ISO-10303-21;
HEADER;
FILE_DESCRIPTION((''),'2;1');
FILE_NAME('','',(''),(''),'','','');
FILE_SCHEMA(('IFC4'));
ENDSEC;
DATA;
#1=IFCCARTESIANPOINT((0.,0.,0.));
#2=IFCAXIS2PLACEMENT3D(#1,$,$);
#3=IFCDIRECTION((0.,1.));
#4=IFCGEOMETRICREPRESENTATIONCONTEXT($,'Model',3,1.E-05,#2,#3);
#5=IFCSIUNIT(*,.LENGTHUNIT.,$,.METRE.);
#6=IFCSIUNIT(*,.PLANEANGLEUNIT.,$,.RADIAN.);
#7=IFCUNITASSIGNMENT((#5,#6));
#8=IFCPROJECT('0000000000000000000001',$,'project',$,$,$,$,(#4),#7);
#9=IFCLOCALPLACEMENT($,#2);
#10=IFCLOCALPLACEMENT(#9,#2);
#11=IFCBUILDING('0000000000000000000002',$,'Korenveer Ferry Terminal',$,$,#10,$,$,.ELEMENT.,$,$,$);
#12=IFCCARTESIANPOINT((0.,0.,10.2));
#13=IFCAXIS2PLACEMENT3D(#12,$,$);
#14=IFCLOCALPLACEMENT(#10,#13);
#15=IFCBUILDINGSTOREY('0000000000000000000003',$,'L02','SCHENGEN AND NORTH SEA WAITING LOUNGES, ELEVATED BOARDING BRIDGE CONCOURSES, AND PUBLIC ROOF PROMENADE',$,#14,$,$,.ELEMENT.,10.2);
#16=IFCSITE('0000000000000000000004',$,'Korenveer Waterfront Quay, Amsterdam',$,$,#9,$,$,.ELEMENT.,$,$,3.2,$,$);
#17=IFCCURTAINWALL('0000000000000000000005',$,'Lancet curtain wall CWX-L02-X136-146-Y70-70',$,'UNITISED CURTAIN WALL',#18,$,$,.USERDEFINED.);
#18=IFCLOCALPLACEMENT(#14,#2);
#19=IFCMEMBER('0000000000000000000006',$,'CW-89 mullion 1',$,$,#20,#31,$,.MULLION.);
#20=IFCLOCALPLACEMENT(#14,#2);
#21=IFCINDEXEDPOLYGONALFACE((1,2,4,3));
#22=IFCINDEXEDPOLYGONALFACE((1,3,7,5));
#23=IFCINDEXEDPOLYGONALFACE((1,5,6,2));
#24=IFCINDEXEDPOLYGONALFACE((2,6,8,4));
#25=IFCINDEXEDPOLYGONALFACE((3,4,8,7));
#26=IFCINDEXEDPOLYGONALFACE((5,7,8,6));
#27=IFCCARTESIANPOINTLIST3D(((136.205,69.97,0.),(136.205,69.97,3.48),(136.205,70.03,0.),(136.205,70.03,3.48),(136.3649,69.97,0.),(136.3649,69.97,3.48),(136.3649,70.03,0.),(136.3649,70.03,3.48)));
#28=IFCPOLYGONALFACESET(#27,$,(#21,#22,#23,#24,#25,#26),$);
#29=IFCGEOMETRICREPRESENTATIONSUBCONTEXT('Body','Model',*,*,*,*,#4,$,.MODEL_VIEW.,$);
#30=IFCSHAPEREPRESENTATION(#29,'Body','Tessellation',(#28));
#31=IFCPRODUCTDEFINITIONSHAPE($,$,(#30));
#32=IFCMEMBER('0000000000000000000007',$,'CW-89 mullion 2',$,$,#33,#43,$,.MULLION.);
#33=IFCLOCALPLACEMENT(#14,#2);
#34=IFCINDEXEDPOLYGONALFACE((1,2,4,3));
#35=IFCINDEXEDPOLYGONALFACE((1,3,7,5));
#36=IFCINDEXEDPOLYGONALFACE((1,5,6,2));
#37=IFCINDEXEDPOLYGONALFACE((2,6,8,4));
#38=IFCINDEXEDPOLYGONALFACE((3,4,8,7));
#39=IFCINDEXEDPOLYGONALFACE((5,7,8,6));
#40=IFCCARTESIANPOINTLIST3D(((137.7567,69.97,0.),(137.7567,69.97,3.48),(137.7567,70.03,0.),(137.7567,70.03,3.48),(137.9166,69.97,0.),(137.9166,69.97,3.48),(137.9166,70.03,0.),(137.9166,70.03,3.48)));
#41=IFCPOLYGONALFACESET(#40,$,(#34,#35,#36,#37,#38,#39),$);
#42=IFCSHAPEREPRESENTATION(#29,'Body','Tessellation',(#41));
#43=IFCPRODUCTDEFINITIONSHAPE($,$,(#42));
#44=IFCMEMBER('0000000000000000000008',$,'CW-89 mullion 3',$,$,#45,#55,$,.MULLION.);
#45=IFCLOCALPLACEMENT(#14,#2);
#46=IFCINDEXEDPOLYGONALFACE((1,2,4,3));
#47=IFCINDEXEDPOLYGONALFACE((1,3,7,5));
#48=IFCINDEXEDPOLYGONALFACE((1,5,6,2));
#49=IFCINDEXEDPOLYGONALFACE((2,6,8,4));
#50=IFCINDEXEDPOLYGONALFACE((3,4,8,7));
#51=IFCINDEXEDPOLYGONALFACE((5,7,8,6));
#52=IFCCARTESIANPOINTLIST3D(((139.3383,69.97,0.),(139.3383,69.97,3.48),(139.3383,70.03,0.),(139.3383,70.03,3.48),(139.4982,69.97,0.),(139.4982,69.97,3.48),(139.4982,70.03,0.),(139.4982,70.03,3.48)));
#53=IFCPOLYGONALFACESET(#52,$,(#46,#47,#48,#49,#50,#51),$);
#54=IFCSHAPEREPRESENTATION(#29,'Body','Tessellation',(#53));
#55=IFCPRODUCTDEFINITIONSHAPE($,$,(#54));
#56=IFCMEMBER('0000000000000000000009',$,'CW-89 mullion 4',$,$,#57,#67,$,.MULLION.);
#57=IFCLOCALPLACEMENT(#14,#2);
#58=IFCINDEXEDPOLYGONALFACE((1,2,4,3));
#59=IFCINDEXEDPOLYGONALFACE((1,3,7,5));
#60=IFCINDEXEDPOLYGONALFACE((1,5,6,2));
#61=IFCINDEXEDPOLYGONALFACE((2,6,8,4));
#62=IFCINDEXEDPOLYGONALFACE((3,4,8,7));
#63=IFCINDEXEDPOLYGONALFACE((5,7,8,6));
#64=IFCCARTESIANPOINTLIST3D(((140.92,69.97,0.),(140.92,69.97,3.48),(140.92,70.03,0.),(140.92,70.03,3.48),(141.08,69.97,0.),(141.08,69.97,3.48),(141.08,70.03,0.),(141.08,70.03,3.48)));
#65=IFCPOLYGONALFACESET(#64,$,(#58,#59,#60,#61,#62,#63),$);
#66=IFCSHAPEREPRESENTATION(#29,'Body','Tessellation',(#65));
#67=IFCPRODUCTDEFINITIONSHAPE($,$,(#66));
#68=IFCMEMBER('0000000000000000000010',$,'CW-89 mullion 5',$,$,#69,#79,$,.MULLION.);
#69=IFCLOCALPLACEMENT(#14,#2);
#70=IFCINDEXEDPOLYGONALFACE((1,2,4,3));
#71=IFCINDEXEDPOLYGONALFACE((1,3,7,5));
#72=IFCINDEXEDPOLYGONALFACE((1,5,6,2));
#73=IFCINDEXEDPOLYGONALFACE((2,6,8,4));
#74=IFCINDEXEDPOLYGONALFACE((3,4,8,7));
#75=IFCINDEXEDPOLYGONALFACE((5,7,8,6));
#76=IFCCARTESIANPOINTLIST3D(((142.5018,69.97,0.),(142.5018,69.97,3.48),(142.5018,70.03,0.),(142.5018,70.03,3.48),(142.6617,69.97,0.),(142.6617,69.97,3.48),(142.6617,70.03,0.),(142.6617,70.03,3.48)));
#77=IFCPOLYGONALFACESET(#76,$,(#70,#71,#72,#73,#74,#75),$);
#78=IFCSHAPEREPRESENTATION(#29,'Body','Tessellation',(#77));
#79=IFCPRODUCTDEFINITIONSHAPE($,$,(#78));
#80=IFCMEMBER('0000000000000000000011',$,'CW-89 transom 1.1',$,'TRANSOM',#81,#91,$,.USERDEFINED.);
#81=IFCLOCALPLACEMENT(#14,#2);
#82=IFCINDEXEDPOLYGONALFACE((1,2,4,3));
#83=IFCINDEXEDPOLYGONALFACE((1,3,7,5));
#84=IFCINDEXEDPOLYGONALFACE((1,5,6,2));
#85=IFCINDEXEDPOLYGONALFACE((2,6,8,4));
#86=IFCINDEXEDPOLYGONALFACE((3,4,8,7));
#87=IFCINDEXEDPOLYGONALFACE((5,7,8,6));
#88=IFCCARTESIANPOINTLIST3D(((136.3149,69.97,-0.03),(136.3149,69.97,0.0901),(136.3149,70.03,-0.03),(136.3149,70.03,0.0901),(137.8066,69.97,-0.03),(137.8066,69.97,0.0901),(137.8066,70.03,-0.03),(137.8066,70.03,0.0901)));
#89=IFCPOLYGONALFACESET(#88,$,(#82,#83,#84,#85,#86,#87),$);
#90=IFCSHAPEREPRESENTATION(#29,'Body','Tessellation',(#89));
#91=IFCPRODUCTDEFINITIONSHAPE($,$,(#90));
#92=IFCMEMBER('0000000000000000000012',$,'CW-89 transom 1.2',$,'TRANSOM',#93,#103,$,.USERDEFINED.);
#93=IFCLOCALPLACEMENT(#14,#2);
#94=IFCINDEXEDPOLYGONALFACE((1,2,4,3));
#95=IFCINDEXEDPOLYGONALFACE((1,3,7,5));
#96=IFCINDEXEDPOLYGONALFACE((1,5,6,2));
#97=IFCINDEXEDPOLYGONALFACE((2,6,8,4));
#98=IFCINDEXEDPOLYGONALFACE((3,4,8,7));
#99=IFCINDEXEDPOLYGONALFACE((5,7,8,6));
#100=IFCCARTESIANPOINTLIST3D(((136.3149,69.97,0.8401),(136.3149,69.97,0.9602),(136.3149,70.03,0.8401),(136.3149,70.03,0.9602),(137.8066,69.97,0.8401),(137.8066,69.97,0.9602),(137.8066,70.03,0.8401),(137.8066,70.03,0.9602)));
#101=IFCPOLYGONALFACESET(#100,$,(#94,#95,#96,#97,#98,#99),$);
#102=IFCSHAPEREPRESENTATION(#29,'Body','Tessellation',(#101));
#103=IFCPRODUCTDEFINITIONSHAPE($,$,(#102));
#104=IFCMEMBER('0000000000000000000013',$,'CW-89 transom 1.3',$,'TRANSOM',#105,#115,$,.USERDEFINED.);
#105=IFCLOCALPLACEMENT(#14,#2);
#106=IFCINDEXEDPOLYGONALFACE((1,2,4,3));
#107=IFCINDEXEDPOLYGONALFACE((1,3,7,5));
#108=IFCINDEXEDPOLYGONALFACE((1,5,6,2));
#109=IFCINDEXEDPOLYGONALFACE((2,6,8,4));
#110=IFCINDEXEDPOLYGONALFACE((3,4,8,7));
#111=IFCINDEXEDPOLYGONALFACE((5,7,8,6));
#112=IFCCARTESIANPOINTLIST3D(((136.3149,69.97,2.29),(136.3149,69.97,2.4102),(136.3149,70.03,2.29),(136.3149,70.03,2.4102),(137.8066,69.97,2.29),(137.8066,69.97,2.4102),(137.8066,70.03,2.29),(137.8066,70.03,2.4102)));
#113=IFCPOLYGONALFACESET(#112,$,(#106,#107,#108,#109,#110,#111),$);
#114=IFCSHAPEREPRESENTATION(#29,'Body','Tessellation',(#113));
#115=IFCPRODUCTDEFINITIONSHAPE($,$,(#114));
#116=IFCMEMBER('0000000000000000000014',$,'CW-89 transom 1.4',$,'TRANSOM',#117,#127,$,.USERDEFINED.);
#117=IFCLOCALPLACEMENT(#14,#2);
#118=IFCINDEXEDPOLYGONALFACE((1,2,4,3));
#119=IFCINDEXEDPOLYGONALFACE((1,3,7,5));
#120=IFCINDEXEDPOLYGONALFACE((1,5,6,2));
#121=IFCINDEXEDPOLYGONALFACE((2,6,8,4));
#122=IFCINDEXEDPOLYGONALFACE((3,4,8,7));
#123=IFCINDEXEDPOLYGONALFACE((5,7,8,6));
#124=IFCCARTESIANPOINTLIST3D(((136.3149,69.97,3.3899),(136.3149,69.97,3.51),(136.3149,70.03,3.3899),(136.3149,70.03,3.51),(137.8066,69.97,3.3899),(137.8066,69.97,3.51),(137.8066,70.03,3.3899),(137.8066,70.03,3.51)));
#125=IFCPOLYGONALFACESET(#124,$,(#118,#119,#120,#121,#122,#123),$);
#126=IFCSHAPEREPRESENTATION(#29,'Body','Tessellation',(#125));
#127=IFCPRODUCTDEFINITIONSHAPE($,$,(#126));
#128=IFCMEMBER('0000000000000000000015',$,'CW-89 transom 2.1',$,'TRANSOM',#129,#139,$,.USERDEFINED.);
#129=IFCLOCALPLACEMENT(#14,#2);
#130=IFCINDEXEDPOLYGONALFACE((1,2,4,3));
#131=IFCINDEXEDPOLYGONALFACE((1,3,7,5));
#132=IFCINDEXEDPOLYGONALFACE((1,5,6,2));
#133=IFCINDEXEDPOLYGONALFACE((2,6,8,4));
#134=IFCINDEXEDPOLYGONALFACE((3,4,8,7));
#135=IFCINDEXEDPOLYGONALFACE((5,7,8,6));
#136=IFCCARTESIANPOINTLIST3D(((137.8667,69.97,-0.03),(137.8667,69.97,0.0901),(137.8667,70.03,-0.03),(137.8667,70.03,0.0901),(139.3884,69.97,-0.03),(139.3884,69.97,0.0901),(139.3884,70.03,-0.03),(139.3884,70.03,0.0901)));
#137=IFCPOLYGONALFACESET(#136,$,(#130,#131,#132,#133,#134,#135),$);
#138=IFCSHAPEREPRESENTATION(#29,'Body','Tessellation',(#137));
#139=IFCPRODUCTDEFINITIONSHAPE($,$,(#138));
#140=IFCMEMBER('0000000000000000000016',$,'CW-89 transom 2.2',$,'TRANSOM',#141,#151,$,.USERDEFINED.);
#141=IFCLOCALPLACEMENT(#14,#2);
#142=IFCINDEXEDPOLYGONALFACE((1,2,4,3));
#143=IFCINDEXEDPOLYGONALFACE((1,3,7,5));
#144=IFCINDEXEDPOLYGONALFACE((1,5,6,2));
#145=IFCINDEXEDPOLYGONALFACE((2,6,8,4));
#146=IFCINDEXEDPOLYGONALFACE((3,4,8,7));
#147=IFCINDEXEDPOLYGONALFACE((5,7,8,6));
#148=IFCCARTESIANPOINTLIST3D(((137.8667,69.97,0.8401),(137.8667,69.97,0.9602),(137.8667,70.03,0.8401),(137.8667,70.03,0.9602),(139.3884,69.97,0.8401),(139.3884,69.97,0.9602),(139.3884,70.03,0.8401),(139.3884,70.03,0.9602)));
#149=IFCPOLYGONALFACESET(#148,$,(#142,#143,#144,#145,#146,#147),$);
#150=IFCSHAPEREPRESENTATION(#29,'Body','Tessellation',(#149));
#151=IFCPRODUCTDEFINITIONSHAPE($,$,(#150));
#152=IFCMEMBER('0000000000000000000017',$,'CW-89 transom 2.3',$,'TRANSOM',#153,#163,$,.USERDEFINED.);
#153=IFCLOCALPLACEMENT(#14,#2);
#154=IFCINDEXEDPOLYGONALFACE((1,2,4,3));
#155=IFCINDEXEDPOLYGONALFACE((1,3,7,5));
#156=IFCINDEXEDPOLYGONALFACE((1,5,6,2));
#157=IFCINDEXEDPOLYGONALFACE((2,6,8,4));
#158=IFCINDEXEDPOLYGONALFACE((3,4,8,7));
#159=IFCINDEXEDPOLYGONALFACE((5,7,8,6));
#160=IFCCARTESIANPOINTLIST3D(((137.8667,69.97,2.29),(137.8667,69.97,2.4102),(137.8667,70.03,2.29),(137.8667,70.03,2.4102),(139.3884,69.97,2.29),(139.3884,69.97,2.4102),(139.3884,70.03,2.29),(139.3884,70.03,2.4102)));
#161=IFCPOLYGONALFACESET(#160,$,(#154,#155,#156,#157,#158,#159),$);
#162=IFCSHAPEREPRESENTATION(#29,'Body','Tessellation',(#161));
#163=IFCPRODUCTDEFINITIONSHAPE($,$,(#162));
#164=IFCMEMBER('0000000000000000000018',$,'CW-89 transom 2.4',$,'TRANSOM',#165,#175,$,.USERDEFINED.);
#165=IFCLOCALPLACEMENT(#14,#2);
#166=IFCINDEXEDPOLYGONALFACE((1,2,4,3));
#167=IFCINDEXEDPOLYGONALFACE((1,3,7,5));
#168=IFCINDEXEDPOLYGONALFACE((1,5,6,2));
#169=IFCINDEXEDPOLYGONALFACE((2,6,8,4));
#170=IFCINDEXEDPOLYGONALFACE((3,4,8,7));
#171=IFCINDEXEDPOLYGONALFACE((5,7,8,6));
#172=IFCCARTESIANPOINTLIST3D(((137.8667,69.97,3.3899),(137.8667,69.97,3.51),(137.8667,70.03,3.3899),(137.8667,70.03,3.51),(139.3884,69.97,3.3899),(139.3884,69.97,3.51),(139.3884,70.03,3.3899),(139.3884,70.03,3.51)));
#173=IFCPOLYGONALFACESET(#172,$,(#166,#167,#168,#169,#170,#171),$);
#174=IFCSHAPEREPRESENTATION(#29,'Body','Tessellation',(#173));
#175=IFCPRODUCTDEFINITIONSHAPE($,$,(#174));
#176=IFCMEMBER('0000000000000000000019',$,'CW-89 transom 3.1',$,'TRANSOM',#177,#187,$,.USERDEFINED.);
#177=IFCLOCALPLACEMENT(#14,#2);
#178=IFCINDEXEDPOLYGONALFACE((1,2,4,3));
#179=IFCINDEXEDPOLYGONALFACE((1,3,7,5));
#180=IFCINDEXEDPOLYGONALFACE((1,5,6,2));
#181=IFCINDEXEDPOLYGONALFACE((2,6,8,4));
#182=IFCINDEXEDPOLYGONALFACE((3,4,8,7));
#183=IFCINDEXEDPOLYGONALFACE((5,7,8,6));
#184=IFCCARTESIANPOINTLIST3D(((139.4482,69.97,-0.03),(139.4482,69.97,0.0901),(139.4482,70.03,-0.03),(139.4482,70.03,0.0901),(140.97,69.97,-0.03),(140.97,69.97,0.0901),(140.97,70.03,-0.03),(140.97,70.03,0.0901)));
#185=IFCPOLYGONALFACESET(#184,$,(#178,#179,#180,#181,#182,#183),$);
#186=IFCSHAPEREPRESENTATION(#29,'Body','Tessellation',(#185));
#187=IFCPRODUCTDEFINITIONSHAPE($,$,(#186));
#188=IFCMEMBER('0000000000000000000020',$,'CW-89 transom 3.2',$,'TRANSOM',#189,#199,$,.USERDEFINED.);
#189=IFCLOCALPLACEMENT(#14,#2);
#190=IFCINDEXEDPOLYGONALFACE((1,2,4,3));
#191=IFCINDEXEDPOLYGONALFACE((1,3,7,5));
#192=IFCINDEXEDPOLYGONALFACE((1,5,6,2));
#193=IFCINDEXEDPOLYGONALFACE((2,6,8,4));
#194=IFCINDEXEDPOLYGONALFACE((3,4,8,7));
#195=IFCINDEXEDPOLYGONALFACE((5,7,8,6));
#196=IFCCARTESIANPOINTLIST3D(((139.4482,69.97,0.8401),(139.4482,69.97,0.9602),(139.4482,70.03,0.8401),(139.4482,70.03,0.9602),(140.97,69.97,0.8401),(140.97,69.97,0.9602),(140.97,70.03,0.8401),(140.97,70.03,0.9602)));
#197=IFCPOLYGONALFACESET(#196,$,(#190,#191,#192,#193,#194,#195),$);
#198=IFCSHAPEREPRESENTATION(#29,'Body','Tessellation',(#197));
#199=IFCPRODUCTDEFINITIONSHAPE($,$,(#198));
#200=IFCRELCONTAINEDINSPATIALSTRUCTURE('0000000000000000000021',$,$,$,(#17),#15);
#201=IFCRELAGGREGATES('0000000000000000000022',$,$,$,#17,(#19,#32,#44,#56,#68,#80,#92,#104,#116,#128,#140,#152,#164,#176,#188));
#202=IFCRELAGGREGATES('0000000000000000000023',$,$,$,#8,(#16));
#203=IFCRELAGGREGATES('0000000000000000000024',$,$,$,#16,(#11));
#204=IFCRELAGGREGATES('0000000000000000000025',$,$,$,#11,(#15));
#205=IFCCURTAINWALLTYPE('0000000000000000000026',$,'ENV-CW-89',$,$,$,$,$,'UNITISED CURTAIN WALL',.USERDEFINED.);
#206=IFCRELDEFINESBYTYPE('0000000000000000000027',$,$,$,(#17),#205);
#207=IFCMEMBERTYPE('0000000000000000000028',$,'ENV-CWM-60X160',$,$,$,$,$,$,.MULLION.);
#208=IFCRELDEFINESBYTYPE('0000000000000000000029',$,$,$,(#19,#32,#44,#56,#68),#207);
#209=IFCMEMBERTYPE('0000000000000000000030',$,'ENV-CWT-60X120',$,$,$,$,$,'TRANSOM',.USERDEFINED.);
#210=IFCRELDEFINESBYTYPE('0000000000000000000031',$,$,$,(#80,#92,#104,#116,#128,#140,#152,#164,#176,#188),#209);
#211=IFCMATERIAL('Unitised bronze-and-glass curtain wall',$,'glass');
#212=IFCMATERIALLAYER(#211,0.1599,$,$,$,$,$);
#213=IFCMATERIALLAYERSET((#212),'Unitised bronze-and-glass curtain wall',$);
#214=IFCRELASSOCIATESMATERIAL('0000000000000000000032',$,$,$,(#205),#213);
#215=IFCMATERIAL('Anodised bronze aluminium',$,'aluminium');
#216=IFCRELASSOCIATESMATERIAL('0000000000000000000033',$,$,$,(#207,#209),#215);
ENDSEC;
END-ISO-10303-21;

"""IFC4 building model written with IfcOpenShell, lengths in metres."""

from ifc_helpers import new_model, si_unit, direction, frame, origin, origin_2d, place, context, subcontext, project, spatial, rectangle, extrude, material, layer, layer_set, material_profile, profile_set, type_object, element, aggregate, save


model = new_model("IFC4")

# Units and contexts
model_context = context("Model", 3, precision=1e-05, world=origin(), true_north=direction((0.0, 1.0)))
body_context = subcontext(model_context, "Body", "Model", "MODEL_VIEW")
ifc_project = project(units=[si_unit("LENGTHUNIT", "METRE"), si_unit("PLANEANGLEUNIT", "RADIAN")], contexts=[model_context])

# Site, building, storey
site_placement = place(None, origin())
site = spatial("IfcSite", under=ifc_project, at=site_placement, Name="Korenveer Waterfront Quay, Amsterdam", CompositionType="ELEMENT", RefElevation=3.2)
building_placement = place(site_placement, origin())
building = spatial("IfcBuilding", under=site, at=building_placement, Name="Korenveer Ferry Terminal", CompositionType="ELEMENT")
storey_placement = place(building_placement, frame((0.0, 0.0, 10.2)))
storey = spatial("IfcBuildingStorey", under=building, at=storey_placement, Name="L02", Description="SCHENGEN AND NORTH SEA WAITING LOUNGES, ELEVATED BOARDING BRIDGE CONCOURSES, AND PUBLIC ROOF PROMENADE", CompositionType="ELEMENT", Elevation=10.2)

# Curtain wall, members
ifc_material_1 = material(Name="Unitised bronze-and-glass curtain wall", Category="glass")
ifc_layer_1 = layer(ifc_material_1, 0.1599)
ifc_layer_set_1 = layer_set([ifc_layer_1], Name="Unitised bronze-and-glass curtain wall")
curtain_wall_type = type_object("IfcCurtainWallType", Name="ENV-CW-89", ElementType="UNITISED CURTAIN WALL", PredefinedType="USERDEFINED", material=ifc_layer_set_1)
curtain_wall_placement = place(storey_placement, frame((136.2549, 70.0, 0.0)))
curtain_wall = element("IfcCurtainWall", 1, at=curtain_wall_placement, inside=storey, type_object=curtain_wall_type, Name="Lancet curtain wall CWX-L02-X136-146-Y70-70", ObjectType="UNITISED CURTAIN WALL", PredefinedType="USERDEFINED")
ifc_material_2 = material(Name="Anodised bronze aluminium", Category="aluminium")
ifc_material_profile_1 = material_profile(ifc_material_2, rectangle(XDim=0.0601, YDim=0.1599, at=origin_2d()), Name="ALU 60x160")
ifc_profile_set_1 = profile_set([ifc_material_profile_1], Name="Anodised bronze aluminium")
member_type_1 = type_object("IfcMemberType", Name="ENV-CWM-60X160", PredefinedType="MULLION", material=ifc_profile_set_1)
member_1_placement = place(storey_placement, frame((136.2849, 70.0, 0.0), z_axis=(0.0, 0.0, 1.0), x_axis=(0.0, 1.0, 0.0)))
member_1 = element("IfcMember", 2, at=member_1_placement, type_object=member_type_1, Name="CW-89 mullion 1", PredefinedType="MULLION", context=body_context, shape_type="SweptSolid", body=[
    extrude(rectangle(XDim=0.0601, YDim=0.1599, at=origin_2d()), origin(), (0.0, 0.0, 1.0), 3.48),
])
member_2_placement = place(storey_placement, frame((137.8367, 70.0, 0.0), z_axis=(0.0, 0.0, 1.0), x_axis=(0.0, 1.0, 0.0)))
member_2 = element("IfcMember", 3, at=member_2_placement, type_object=member_type_1, Name="CW-89 mullion 2", PredefinedType="MULLION", context=body_context, shape_type="SweptSolid", body=[
    extrude(rectangle(XDim=0.0601, YDim=0.1599, at=origin_2d()), origin(), (0.0, 0.0, 1.0), 3.48),
])
member_3_placement = place(storey_placement, frame((139.4182, 70.0, 0.0), z_axis=(0.0, 0.0, 1.0), x_axis=(0.0, 1.0, 0.0)))
member_3 = element("IfcMember", 4, at=member_3_placement, type_object=member_type_1, Name="CW-89 mullion 3", PredefinedType="MULLION", context=body_context, shape_type="SweptSolid", body=[
    extrude(rectangle(XDim=0.0601, YDim=0.1599, at=origin_2d()), origin(), (0.0, 0.0, 1.0), 3.48),
])
member_4_placement = place(storey_placement, frame((141.0, 70.0, 0.0), z_axis=(0.0, 0.0, 1.0), x_axis=(0.0, 1.0, 0.0)))
member_4 = element("IfcMember", 5, at=member_4_placement, type_object=member_type_1, Name="CW-89 mullion 4", PredefinedType="MULLION", context=body_context, shape_type="SweptSolid", body=[
    extrude(rectangle(XDim=0.0601, YDim=0.1599, at=origin_2d()), origin(), (0.0, 0.0, 1.0), 3.48),
])
member_5_placement = place(storey_placement, frame((142.5818, 70.0, 0.0), z_axis=(0.0, 0.0, 1.0), x_axis=(0.0, 1.0, 0.0)))
member_5 = element("IfcMember", 6, at=member_5_placement, type_object=member_type_1, Name="CW-89 mullion 5", PredefinedType="MULLION", context=body_context, shape_type="SweptSolid", body=[
    extrude(rectangle(XDim=0.0601, YDim=0.1599, at=origin_2d()), origin(), (0.0, 0.0, 1.0), 3.48),
])
ifc_material_profile_2 = material_profile(ifc_material_2, rectangle(XDim=0.0601, YDim=0.1201, at=origin_2d()), Name="ALU 60x120")
ifc_profile_set_2 = profile_set([ifc_material_profile_2], Name="Anodised bronze aluminium")
member_type_2 = type_object("IfcMemberType", Name="ENV-CWT-60X120", ElementType="TRANSOM", PredefinedType="USERDEFINED", material=ifc_profile_set_2)
member_6_placement = place(storey_placement, frame((136.3149, 70.0, 0.03), z_axis=(1.0, 0.0, 0.0), x_axis=(0.0, 1.0, 0.0)))
member_6 = element("IfcMember", 7, at=member_6_placement, type_object=member_type_2, Name="CW-89 transom 1.1", ObjectType="TRANSOM", PredefinedType="USERDEFINED", context=body_context, shape_type="SweptSolid", body=[
    extrude(rectangle(XDim=0.0601, YDim=0.1201, at=origin_2d()), origin(), (0.0, 0.0, 1.0), 1.4917),
])
member_7_placement = place(storey_placement, frame((136.3149, 70.0, 0.9001), z_axis=(1.0, 0.0, 0.0), x_axis=(0.0, 1.0, 0.0)))
member_7 = element("IfcMember", 8, at=member_7_placement, type_object=member_type_2, Name="CW-89 transom 1.2", ObjectType="TRANSOM", PredefinedType="USERDEFINED", context=body_context, shape_type="SweptSolid", body=[
    extrude(rectangle(XDim=0.0601, YDim=0.1201, at=origin_2d()), origin(), (0.0, 0.0, 1.0), 1.4917),
])
member_8_placement = place(storey_placement, frame((136.3149, 70.0, 2.3501), z_axis=(1.0, 0.0, 0.0), x_axis=(0.0, 1.0, 0.0)))
member_8 = element("IfcMember", 9, at=member_8_placement, type_object=member_type_2, Name="CW-89 transom 1.3", ObjectType="TRANSOM", PredefinedType="USERDEFINED", context=body_context, shape_type="SweptSolid", body=[
    extrude(rectangle(XDim=0.0601, YDim=0.1201, at=origin_2d()), origin(), (0.0, 0.0, 1.0), 1.4917),
])
member_9_placement = place(storey_placement, frame((136.3149, 70.0, 3.45), z_axis=(1.0, 0.0, 0.0), x_axis=(0.0, 1.0, 0.0)))
member_9 = element("IfcMember", 10, at=member_9_placement, type_object=member_type_2, Name="CW-89 transom 1.4", ObjectType="TRANSOM", PredefinedType="USERDEFINED", context=body_context, shape_type="SweptSolid", body=[
    extrude(rectangle(XDim=0.0601, YDim=0.1201, at=origin_2d()), origin(), (0.0, 0.0, 1.0), 1.4917),
])
member_10_placement = place(storey_placement, frame((137.8667, 70.0, 0.03), z_axis=(1.0, 0.0, 0.0), x_axis=(0.0, 1.0, 0.0)))
member_10 = element("IfcMember", 11, at=member_10_placement, type_object=member_type_2, Name="CW-89 transom 2.1", ObjectType="TRANSOM", PredefinedType="USERDEFINED", context=body_context, shape_type="SweptSolid", body=[
    extrude(rectangle(XDim=0.0601, YDim=0.1201, at=origin_2d()), origin(), (0.0, 0.0, 1.0), 1.5217),
])
member_11_placement = place(storey_placement, frame((137.8667, 70.0, 0.9001), z_axis=(1.0, 0.0, 0.0), x_axis=(0.0, 1.0, 0.0)))
member_11 = element("IfcMember", 12, at=member_11_placement, type_object=member_type_2, Name="CW-89 transom 2.2", ObjectType="TRANSOM", PredefinedType="USERDEFINED", context=body_context, shape_type="SweptSolid", body=[
    extrude(rectangle(XDim=0.0601, YDim=0.1201, at=origin_2d()), origin(), (0.0, 0.0, 1.0), 1.5217),
])
member_12_placement = place(storey_placement, frame((137.8667, 70.0, 2.3501), z_axis=(1.0, 0.0, 0.0), x_axis=(0.0, 1.0, 0.0)))
member_12 = element("IfcMember", 13, at=member_12_placement, type_object=member_type_2, Name="CW-89 transom 2.3", ObjectType="TRANSOM", PredefinedType="USERDEFINED", context=body_context, shape_type="SweptSolid", body=[
    extrude(rectangle(XDim=0.0601, YDim=0.1201, at=origin_2d()), origin(), (0.0, 0.0, 1.0), 1.5217),
])
member_13_placement = place(storey_placement, frame((137.8667, 70.0, 3.45), z_axis=(1.0, 0.0, 0.0), x_axis=(0.0, 1.0, 0.0)))
member_13 = element("IfcMember", 14, at=member_13_placement, type_object=member_type_2, Name="CW-89 transom 2.4", ObjectType="TRANSOM", PredefinedType="USERDEFINED", context=body_context, shape_type="SweptSolid", body=[
    extrude(rectangle(XDim=0.0601, YDim=0.1201, at=origin_2d()), origin(), (0.0, 0.0, 1.0), 1.5217),
])
member_14_placement = place(storey_placement, frame((139.4482, 70.0, 0.03), z_axis=(1.0, 0.0, 0.0), x_axis=(0.0, 1.0, 0.0)))
member_14 = element("IfcMember", 15, at=member_14_placement, type_object=member_type_2, Name="CW-89 transom 3.1", ObjectType="TRANSOM", PredefinedType="USERDEFINED", context=body_context, shape_type="SweptSolid", body=[
    extrude(rectangle(XDim=0.0601, YDim=0.1201, at=origin_2d()), origin(), (0.0, 0.0, 1.0), 1.5217),
])
member_15_placement = place(storey_placement, frame((139.4482, 70.0, 0.9001), z_axis=(1.0, 0.0, 0.0), x_axis=(0.0, 1.0, 0.0)))
member_15 = element("IfcMember", 16, at=member_15_placement, type_object=member_type_2, Name="CW-89 transom 3.2", ObjectType="TRANSOM", PredefinedType="USERDEFINED", context=body_context, shape_type="SweptSolid", body=[
    extrude(rectangle(XDim=0.0601, YDim=0.1201, at=origin_2d()), origin(), (0.0, 0.0, 1.0), 1.5217),
])

aggregate(curtain_wall, [member_1, member_2, member_3, member_4, member_5, member_6, member_7, member_8, member_9, member_10, member_11, member_12, member_13, member_14, member_15])

save(model, "model.ifc")
